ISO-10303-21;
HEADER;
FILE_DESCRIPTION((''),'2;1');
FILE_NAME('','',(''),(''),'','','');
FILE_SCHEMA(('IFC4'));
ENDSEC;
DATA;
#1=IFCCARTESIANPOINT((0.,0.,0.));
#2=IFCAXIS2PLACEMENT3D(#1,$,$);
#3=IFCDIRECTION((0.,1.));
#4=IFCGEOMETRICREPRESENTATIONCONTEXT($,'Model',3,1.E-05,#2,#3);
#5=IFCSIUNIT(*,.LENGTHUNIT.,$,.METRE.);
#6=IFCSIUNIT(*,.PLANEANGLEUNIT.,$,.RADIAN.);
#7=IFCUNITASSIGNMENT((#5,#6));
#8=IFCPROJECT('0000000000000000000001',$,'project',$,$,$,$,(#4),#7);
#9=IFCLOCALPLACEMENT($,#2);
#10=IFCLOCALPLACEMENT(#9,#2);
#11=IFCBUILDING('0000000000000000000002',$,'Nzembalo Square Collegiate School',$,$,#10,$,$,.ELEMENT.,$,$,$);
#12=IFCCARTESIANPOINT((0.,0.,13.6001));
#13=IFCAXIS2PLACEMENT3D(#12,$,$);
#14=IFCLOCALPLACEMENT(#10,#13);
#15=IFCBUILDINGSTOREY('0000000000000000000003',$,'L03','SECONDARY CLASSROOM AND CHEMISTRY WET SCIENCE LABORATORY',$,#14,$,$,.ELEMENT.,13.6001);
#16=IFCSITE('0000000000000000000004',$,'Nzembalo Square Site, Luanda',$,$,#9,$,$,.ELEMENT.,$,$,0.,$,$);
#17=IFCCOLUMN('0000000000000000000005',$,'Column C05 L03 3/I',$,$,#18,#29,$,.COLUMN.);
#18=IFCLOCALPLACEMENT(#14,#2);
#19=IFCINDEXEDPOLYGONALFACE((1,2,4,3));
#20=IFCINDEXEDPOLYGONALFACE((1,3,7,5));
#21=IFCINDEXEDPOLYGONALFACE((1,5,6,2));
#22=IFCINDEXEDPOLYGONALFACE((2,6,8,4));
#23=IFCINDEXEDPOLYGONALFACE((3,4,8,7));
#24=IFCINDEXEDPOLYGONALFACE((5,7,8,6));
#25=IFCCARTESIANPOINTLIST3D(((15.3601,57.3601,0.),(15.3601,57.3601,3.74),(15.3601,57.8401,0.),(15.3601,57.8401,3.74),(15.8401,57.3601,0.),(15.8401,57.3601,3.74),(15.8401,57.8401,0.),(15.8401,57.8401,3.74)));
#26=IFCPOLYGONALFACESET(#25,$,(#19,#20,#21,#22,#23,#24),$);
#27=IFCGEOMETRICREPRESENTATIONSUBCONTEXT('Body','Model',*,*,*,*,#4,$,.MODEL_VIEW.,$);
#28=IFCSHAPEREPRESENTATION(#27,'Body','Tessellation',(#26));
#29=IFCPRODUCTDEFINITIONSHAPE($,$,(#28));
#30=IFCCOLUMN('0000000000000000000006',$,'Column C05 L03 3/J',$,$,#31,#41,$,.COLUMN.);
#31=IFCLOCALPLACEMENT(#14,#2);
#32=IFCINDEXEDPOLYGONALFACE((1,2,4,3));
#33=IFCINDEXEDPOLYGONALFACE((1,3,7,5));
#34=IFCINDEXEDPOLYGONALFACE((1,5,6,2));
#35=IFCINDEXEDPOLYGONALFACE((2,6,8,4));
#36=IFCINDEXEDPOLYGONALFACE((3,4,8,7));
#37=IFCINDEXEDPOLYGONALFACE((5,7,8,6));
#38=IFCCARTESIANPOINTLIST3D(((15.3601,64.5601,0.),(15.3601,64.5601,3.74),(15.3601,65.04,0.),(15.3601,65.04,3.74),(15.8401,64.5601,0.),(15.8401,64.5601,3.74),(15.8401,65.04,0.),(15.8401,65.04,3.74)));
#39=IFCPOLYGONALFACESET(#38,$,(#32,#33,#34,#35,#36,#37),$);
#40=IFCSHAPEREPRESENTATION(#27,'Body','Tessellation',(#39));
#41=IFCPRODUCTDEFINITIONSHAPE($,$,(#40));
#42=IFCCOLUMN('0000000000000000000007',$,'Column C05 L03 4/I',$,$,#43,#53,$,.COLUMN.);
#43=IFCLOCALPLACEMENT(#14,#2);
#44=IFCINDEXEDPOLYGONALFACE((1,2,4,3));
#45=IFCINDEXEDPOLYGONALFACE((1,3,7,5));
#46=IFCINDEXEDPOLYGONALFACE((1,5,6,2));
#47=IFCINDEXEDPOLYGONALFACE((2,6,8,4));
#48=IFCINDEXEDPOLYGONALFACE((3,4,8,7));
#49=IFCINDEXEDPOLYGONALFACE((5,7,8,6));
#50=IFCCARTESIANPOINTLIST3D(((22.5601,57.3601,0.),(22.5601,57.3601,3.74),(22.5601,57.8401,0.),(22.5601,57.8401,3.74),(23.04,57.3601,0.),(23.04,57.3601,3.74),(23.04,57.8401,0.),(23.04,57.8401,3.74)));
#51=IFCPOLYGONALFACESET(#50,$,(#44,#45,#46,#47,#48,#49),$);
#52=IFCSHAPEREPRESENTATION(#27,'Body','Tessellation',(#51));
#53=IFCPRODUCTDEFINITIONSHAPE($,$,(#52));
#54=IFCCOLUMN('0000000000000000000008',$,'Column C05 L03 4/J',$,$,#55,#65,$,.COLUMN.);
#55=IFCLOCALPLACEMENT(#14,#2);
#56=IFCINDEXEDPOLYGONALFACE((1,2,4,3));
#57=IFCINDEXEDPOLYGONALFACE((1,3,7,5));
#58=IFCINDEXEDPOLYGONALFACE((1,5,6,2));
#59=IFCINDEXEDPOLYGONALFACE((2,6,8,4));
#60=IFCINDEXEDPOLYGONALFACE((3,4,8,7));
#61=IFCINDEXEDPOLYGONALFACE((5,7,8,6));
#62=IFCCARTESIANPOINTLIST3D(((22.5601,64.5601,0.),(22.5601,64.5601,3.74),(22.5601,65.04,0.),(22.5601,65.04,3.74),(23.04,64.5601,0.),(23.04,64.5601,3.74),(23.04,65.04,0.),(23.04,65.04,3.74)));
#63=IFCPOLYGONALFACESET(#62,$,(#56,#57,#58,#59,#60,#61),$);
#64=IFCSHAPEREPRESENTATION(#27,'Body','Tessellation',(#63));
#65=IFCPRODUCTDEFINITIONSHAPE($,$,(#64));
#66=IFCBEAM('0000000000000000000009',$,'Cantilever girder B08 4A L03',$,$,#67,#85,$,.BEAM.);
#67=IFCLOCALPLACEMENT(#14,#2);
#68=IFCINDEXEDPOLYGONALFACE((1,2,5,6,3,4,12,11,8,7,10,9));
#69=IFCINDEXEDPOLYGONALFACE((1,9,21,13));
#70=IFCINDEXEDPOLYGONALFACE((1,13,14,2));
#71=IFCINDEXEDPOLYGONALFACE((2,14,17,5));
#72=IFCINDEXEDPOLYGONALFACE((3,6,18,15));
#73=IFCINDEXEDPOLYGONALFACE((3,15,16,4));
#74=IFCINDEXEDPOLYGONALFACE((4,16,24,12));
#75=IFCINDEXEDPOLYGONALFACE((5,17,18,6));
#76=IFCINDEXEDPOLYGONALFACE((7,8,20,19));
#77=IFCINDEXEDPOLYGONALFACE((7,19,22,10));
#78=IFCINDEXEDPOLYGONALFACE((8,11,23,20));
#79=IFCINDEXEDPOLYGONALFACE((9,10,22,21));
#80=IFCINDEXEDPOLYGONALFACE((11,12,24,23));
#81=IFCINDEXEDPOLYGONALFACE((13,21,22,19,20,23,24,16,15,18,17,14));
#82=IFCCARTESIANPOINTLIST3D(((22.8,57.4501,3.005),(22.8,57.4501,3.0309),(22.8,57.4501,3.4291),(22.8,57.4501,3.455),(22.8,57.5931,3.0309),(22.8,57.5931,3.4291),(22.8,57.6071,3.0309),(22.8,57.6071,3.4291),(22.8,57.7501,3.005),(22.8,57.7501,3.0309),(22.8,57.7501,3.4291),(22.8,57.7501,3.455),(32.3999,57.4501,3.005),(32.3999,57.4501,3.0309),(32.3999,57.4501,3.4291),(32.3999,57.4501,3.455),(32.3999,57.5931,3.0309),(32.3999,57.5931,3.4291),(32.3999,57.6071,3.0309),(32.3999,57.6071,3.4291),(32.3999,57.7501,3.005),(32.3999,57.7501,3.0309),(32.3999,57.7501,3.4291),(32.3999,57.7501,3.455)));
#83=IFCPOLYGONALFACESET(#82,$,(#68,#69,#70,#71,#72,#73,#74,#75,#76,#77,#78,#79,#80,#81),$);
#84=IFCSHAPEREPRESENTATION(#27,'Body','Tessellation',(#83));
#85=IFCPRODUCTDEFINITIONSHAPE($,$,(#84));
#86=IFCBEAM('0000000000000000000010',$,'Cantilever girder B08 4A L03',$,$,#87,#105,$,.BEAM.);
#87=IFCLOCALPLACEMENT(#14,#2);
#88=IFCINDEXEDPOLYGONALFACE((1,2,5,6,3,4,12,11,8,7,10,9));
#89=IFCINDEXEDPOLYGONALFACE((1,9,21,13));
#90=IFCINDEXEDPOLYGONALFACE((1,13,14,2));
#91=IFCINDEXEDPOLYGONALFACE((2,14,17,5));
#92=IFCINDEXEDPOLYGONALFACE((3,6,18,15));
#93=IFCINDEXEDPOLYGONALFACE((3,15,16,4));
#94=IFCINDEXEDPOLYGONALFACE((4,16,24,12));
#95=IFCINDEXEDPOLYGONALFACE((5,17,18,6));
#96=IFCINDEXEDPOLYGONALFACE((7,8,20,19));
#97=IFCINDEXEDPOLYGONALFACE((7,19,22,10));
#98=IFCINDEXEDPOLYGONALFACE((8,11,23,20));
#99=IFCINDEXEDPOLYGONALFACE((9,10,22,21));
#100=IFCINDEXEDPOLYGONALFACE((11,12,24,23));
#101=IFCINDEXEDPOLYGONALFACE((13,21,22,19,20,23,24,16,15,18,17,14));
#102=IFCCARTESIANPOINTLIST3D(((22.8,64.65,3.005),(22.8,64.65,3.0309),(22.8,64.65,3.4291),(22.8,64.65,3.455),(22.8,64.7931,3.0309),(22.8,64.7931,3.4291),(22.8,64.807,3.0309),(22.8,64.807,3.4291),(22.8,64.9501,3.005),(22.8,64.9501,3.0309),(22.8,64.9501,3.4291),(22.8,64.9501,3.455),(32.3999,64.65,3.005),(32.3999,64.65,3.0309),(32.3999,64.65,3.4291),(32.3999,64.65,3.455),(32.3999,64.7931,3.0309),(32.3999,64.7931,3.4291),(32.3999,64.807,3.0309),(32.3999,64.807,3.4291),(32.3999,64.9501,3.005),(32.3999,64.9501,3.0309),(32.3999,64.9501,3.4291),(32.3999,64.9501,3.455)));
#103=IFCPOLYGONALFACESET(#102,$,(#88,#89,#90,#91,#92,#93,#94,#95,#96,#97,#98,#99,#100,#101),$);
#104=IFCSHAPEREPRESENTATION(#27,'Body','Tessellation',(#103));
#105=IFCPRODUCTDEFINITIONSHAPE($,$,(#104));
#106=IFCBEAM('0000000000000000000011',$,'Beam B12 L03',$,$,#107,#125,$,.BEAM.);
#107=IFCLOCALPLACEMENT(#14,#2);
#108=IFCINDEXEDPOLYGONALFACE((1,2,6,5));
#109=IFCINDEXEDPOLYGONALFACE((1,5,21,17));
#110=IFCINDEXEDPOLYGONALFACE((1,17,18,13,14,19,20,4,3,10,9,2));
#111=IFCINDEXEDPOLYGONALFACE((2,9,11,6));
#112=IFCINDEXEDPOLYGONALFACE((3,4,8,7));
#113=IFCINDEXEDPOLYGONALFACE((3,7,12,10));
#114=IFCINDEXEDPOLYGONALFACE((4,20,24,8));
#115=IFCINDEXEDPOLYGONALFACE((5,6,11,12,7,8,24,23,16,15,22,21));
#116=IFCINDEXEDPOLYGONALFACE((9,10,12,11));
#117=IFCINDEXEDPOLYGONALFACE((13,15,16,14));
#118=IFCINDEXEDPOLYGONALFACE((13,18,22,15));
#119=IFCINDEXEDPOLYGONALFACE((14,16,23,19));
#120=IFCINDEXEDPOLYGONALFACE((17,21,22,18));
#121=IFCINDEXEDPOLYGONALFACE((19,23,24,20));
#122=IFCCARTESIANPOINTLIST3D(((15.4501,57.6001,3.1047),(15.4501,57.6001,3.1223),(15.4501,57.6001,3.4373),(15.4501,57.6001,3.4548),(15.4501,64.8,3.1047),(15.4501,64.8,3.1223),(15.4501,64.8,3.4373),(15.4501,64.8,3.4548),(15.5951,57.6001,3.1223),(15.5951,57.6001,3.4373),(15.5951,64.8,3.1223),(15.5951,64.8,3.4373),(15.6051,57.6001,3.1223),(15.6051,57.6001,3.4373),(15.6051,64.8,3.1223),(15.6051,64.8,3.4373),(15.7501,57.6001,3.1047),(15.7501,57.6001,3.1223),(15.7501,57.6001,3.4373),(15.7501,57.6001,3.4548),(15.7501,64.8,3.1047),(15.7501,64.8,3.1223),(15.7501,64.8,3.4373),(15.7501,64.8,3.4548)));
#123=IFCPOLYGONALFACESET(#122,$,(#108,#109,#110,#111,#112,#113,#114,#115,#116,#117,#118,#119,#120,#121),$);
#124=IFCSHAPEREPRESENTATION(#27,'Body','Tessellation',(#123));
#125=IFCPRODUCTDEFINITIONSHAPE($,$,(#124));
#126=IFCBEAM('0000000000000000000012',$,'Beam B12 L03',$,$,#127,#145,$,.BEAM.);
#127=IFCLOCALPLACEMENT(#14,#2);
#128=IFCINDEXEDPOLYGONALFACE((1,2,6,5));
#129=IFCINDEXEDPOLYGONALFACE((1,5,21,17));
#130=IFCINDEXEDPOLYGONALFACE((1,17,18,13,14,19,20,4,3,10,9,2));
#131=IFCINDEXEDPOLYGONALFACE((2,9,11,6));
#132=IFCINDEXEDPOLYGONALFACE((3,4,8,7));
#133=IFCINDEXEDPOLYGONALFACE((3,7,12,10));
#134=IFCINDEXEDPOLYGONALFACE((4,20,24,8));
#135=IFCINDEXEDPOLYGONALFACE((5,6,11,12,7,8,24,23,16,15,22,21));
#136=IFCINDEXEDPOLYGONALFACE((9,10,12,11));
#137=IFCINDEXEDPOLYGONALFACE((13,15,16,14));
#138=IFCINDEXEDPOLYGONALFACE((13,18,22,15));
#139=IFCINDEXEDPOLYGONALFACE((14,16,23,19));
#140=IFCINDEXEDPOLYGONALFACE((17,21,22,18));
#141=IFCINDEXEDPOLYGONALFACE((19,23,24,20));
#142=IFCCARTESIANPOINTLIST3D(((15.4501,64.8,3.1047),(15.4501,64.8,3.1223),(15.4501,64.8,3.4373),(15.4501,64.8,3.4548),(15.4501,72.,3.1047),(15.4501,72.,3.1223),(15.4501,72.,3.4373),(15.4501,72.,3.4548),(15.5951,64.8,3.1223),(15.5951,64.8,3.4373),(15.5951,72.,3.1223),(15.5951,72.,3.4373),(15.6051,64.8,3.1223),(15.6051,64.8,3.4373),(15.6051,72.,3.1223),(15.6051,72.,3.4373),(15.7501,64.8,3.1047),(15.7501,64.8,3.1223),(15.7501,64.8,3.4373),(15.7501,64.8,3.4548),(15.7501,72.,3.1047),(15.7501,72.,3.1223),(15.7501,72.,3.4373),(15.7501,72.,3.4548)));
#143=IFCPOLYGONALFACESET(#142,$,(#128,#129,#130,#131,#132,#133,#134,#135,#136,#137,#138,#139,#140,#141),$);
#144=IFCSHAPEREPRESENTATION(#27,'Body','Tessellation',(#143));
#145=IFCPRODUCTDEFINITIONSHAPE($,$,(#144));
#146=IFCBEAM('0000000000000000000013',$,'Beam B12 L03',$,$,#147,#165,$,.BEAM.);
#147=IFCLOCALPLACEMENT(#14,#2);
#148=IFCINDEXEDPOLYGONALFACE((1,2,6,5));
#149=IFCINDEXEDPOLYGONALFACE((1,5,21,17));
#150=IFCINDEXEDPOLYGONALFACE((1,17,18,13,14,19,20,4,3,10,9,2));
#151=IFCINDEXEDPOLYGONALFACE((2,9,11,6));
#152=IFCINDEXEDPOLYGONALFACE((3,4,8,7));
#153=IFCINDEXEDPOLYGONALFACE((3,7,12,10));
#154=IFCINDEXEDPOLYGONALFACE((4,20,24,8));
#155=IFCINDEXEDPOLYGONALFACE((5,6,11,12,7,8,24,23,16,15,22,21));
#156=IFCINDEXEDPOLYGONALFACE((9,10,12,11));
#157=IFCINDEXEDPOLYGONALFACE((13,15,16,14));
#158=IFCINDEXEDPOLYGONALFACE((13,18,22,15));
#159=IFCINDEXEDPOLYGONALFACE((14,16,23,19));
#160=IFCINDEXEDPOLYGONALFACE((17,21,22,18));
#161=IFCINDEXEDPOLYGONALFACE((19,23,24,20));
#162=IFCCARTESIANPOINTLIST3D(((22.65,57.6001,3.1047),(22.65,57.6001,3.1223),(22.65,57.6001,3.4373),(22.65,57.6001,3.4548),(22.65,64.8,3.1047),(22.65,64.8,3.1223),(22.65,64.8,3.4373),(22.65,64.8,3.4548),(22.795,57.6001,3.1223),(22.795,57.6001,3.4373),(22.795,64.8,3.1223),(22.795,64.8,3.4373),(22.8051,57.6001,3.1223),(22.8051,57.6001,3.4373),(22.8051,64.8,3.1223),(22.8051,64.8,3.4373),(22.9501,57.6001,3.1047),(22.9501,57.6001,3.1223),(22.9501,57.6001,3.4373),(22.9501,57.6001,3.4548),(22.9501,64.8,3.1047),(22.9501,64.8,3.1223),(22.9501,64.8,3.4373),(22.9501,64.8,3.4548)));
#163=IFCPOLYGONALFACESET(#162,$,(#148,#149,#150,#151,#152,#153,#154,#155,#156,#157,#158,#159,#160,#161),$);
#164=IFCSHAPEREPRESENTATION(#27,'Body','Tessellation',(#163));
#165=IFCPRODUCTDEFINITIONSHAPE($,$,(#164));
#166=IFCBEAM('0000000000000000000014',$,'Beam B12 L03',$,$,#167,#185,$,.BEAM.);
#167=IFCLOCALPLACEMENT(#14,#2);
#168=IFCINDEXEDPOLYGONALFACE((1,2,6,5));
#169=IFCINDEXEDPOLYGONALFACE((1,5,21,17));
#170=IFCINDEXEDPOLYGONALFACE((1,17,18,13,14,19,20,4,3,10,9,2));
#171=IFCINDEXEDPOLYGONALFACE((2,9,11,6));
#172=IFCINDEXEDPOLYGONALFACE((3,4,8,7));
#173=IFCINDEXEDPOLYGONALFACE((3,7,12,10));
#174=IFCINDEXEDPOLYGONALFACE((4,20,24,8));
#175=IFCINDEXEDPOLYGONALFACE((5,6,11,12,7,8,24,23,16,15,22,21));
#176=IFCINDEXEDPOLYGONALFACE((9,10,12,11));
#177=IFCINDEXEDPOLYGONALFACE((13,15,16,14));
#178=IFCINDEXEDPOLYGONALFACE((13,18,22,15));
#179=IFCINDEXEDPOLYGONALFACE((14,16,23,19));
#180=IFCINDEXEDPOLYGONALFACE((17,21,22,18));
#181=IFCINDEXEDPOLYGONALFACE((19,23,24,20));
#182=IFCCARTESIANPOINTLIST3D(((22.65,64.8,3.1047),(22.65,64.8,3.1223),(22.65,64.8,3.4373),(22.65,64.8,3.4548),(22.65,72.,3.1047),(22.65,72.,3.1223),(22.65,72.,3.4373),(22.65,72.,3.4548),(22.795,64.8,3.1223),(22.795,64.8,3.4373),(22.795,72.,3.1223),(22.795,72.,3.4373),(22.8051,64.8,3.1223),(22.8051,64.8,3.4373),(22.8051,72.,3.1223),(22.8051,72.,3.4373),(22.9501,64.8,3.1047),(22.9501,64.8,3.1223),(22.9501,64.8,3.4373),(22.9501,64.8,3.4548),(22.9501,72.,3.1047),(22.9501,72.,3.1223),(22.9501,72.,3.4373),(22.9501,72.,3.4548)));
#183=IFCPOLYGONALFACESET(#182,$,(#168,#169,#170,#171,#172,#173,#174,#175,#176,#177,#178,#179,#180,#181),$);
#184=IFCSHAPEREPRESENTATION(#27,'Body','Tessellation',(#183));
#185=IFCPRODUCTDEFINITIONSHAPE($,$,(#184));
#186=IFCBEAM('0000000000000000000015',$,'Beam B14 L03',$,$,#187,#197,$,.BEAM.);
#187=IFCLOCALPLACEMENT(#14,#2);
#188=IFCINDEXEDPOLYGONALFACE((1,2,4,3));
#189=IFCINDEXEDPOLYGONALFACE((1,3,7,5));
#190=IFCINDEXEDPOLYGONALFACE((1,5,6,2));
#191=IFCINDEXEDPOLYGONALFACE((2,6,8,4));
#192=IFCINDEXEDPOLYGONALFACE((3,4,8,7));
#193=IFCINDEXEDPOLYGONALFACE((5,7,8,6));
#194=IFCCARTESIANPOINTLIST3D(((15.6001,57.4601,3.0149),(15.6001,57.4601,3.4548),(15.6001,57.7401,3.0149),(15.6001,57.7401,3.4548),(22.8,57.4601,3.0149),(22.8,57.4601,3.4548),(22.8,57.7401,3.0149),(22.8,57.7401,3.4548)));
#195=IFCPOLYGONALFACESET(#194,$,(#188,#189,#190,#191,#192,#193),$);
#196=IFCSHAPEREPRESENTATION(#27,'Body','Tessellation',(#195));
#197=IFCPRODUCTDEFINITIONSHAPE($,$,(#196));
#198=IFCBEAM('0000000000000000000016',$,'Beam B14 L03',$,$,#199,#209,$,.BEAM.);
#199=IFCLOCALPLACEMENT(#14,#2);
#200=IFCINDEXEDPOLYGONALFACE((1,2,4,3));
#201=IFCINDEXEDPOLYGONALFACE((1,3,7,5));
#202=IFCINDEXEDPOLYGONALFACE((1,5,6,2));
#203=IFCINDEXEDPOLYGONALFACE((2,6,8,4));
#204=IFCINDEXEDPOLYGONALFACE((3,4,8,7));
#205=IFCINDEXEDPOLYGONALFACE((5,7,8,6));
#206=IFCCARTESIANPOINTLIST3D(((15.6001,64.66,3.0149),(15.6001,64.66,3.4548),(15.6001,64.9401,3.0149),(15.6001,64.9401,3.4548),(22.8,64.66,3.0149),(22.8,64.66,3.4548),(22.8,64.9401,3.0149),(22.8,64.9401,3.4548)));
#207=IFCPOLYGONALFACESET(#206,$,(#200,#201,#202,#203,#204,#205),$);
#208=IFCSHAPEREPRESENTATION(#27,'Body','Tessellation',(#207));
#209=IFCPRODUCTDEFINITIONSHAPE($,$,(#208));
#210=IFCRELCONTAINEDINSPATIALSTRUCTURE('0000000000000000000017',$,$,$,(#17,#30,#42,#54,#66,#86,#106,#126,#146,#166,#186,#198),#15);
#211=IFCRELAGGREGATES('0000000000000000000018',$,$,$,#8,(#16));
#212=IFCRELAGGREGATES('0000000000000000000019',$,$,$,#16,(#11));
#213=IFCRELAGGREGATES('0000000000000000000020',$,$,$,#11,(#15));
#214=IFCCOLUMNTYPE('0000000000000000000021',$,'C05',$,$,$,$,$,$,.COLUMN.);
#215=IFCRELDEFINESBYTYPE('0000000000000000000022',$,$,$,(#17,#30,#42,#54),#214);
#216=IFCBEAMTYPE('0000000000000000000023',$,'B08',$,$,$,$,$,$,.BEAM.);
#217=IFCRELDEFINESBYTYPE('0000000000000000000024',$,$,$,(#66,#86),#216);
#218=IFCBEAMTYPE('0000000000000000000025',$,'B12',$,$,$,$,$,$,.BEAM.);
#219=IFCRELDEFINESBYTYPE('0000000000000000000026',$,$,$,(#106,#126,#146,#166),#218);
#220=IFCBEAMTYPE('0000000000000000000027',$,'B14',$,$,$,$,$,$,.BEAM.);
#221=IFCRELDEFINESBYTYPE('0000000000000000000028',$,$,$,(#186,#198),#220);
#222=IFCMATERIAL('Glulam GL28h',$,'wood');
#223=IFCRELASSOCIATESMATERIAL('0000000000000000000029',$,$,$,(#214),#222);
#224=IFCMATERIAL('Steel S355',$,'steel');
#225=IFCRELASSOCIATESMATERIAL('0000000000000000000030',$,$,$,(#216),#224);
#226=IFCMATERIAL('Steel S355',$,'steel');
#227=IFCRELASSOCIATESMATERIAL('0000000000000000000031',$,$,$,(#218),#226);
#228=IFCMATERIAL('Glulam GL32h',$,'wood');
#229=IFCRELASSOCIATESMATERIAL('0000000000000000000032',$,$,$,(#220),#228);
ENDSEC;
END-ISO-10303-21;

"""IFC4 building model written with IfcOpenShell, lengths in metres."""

from ifc_helpers import new_model, si_unit, direction, frame, origin, origin_2d, place, context, subcontext, project, spatial, rectangle, i_section, extrude, material, material_profile, profile_set, type_object, element, save


model = new_model("IFC4")

# Units and contexts
model_context = context("Model", 3, precision=1e-05, world=origin(), true_north=direction((0.0, 1.0)))
body_context = subcontext(model_context, "Body", "Model", "MODEL_VIEW")
ifc_project = project(units=[si_unit("LENGTHUNIT", "METRE"), si_unit("PLANEANGLEUNIT", "RADIAN")], contexts=[model_context])

# Site, building, storey
site_placement = place(None, origin())
site = spatial("IfcSite", under=ifc_project, at=site_placement, Name="Nzembalo Square Site, Luanda", CompositionType="ELEMENT", RefElevation=0.0)
building_placement = place(site_placement, origin())
building = spatial("IfcBuilding", under=site, at=building_placement, Name="Nzembalo Square Collegiate School", CompositionType="ELEMENT")
storey_placement = place(building_placement, frame((0.0, 0.0, 13.6001)))
storey = spatial("IfcBuildingStorey", under=building, at=storey_placement, Name="L03", Description="SECONDARY CLASSROOM AND CHEMISTRY WET SCIENCE LABORATORY", CompositionType="ELEMENT", Elevation=13.6001)

# Columns
ifc_material_1 = material(Name="Glulam GL28h", Category="wood")
ifc_material_profile_1 = material_profile(ifc_material_1, rectangle(XDim=0.48, YDim=0.48, at=origin_2d()), Name="GL28h 480x480")
ifc_profile_set_1 = profile_set([ifc_material_profile_1], Name="Glulam GL28h")
column_type = type_object("IfcColumnType", Name="C05", PredefinedType="COLUMN", material=ifc_profile_set_1)
for number, where, z_axis, x_axis, name in (
    (1, (15.6001, 57.6001, 0.0), (0.0, 0.0, 1.0), (1.0, 0.0, 0.0), "Column C05 L03 3/I"),
    (2, (15.6001, 64.8, 0.0), (0.0, 0.0, 1.0), (1.0, 0.0, 0.0), "Column C05 L03 3/J"),
    (3, (22.8, 57.6001, 0.0), (0.0, 0.0, 1.0), (1.0, 0.0, 0.0), "Column C05 L03 4/I"),
    (4, (22.8, 64.8, 0.0), (0.0, 0.0, 1.0), (1.0, 0.0, 0.0), "Column C05 L03 4/J"),
):
    element("IfcColumn", number, at=place(storey_placement, frame(where, z_axis=z_axis, x_axis=x_axis)), inside=storey, type_object=column_type, Name=name, PredefinedType="COLUMN", context=body_context, shape_type="SweptSolid", body=[
        extrude(rectangle(XDim=0.48, YDim=0.48, at=origin_2d()), origin(), (0.0, 0.0, 1.0), 3.74),
    ])

# Beams
ifc_material_2 = material(Name="Steel S355", Category="steel")
ifc_material_profile_2 = material_profile(ifc_material_2, i_section(OverallWidth=0.3, OverallDepth=0.45, WebThickness=0.0139, FlangeThickness=0.0259, at=origin_2d()), Name="HEB 450")
ifc_profile_set_2 = profile_set([ifc_material_profile_2], Name="Steel S355")
beam_type_1 = type_object("IfcBeamType", Name="B08", PredefinedType="BEAM", material=ifc_profile_set_2)
for number, where, z_axis, x_axis, name in (
    (5, (22.8, 57.6001, 3.23), (1.0, 0.0, 0.0), (0.0, 1.0, 0.0), "Cantilever girder B08 4A L03"),
    (6, (22.8, 64.8, 3.23), (1.0, 0.0, 0.0), (0.0, 1.0, 0.0), "Cantilever girder B08 4A L03"),
):
    element("IfcBeam", number, at=place(storey_placement, frame(where, z_axis=z_axis, x_axis=x_axis)), inside=storey, type_object=beam_type_1, Name=name, PredefinedType="BEAM", context=body_context, shape_type="SweptSolid", body=[
        extrude(i_section(OverallWidth=0.3, OverallDepth=0.45, WebThickness=0.0139, FlangeThickness=0.0259, at=origin_2d()), origin(), (0.0, 0.0, 1.0), 9.5999),
    ])
ifc_material_3 = material(Name="Steel S355", Category="steel")
ifc_material_profile_3 = material_profile(ifc_material_3, i_section(OverallWidth=0.3, OverallDepth=0.3501, WebThickness=0.01, FlangeThickness=0.0176, at=origin_2d()), Name="HEA 360")
ifc_profile_set_3 = profile_set([ifc_material_profile_3], Name="Steel S355")
beam_type_2 = type_object("IfcBeamType", Name="B12", PredefinedType="BEAM", material=ifc_profile_set_3)
for number, where, z_axis, x_axis, name in (
    (7, (15.6001, 57.6001, 3.2798), (0.0, 1.0, 0.0), (-1.0, 0.0, 0.0), "Beam B12 L03"),
    (8, (15.6001, 64.8, 3.2798), (0.0, 1.0, 0.0), (-1.0, 0.0, 0.0), "Beam B12 L03"),
    (9, (22.8, 57.6001, 3.2798), (0.0, 1.0, 0.0), (-1.0, 0.0, 0.0), "Beam B12 L03"),
    (10, (22.8, 64.8, 3.2798), (0.0, 1.0, 0.0), (-1.0, 0.0, 0.0), "Beam B12 L03"),
):
    element("IfcBeam", number, at=place(storey_placement, frame(where, z_axis=z_axis, x_axis=x_axis)), inside=storey, type_object=beam_type_2, Name=name, PredefinedType="BEAM", context=body_context, shape_type="SweptSolid", body=[
        extrude(i_section(OverallWidth=0.3, OverallDepth=0.3501, WebThickness=0.01, FlangeThickness=0.0176, at=origin_2d()), origin(), (0.0, 0.0, 1.0), 7.2),
    ])
ifc_material_4 = material(Name="Glulam GL32h", Category="wood")
ifc_material_profile_4 = material_profile(ifc_material_4, rectangle(XDim=0.28, YDim=0.4399, at=origin_2d()), Name="GL32h 280x440")
ifc_profile_set_4 = profile_set([ifc_material_profile_4], Name="Glulam GL32h")
beam_type_3 = type_object("IfcBeamType", Name="B14", PredefinedType="BEAM", material=ifc_profile_set_4)
for number, where, z_axis, x_axis, name in (
    (11, (15.6001, 57.6001, 3.2349), (1.0, 0.0, 0.0), (0.0, 1.0, 0.0), "Beam B14 L03"),
    (12, (15.6001, 64.8, 3.2349), (1.0, 0.0, 0.0), (0.0, 1.0, 0.0), "Beam B14 L03"),
):
    element("IfcBeam", number, at=place(storey_placement, frame(where, z_axis=z_axis, x_axis=x_axis)), inside=storey, type_object=beam_type_3, Name=name, PredefinedType="BEAM", context=body_context, shape_type="SweptSolid", body=[
        extrude(rectangle(XDim=0.28, YDim=0.4399, at=origin_2d()), origin(), (0.0, 0.0, 1.0), 7.2),
    ])

save(model, "model.ifc")
